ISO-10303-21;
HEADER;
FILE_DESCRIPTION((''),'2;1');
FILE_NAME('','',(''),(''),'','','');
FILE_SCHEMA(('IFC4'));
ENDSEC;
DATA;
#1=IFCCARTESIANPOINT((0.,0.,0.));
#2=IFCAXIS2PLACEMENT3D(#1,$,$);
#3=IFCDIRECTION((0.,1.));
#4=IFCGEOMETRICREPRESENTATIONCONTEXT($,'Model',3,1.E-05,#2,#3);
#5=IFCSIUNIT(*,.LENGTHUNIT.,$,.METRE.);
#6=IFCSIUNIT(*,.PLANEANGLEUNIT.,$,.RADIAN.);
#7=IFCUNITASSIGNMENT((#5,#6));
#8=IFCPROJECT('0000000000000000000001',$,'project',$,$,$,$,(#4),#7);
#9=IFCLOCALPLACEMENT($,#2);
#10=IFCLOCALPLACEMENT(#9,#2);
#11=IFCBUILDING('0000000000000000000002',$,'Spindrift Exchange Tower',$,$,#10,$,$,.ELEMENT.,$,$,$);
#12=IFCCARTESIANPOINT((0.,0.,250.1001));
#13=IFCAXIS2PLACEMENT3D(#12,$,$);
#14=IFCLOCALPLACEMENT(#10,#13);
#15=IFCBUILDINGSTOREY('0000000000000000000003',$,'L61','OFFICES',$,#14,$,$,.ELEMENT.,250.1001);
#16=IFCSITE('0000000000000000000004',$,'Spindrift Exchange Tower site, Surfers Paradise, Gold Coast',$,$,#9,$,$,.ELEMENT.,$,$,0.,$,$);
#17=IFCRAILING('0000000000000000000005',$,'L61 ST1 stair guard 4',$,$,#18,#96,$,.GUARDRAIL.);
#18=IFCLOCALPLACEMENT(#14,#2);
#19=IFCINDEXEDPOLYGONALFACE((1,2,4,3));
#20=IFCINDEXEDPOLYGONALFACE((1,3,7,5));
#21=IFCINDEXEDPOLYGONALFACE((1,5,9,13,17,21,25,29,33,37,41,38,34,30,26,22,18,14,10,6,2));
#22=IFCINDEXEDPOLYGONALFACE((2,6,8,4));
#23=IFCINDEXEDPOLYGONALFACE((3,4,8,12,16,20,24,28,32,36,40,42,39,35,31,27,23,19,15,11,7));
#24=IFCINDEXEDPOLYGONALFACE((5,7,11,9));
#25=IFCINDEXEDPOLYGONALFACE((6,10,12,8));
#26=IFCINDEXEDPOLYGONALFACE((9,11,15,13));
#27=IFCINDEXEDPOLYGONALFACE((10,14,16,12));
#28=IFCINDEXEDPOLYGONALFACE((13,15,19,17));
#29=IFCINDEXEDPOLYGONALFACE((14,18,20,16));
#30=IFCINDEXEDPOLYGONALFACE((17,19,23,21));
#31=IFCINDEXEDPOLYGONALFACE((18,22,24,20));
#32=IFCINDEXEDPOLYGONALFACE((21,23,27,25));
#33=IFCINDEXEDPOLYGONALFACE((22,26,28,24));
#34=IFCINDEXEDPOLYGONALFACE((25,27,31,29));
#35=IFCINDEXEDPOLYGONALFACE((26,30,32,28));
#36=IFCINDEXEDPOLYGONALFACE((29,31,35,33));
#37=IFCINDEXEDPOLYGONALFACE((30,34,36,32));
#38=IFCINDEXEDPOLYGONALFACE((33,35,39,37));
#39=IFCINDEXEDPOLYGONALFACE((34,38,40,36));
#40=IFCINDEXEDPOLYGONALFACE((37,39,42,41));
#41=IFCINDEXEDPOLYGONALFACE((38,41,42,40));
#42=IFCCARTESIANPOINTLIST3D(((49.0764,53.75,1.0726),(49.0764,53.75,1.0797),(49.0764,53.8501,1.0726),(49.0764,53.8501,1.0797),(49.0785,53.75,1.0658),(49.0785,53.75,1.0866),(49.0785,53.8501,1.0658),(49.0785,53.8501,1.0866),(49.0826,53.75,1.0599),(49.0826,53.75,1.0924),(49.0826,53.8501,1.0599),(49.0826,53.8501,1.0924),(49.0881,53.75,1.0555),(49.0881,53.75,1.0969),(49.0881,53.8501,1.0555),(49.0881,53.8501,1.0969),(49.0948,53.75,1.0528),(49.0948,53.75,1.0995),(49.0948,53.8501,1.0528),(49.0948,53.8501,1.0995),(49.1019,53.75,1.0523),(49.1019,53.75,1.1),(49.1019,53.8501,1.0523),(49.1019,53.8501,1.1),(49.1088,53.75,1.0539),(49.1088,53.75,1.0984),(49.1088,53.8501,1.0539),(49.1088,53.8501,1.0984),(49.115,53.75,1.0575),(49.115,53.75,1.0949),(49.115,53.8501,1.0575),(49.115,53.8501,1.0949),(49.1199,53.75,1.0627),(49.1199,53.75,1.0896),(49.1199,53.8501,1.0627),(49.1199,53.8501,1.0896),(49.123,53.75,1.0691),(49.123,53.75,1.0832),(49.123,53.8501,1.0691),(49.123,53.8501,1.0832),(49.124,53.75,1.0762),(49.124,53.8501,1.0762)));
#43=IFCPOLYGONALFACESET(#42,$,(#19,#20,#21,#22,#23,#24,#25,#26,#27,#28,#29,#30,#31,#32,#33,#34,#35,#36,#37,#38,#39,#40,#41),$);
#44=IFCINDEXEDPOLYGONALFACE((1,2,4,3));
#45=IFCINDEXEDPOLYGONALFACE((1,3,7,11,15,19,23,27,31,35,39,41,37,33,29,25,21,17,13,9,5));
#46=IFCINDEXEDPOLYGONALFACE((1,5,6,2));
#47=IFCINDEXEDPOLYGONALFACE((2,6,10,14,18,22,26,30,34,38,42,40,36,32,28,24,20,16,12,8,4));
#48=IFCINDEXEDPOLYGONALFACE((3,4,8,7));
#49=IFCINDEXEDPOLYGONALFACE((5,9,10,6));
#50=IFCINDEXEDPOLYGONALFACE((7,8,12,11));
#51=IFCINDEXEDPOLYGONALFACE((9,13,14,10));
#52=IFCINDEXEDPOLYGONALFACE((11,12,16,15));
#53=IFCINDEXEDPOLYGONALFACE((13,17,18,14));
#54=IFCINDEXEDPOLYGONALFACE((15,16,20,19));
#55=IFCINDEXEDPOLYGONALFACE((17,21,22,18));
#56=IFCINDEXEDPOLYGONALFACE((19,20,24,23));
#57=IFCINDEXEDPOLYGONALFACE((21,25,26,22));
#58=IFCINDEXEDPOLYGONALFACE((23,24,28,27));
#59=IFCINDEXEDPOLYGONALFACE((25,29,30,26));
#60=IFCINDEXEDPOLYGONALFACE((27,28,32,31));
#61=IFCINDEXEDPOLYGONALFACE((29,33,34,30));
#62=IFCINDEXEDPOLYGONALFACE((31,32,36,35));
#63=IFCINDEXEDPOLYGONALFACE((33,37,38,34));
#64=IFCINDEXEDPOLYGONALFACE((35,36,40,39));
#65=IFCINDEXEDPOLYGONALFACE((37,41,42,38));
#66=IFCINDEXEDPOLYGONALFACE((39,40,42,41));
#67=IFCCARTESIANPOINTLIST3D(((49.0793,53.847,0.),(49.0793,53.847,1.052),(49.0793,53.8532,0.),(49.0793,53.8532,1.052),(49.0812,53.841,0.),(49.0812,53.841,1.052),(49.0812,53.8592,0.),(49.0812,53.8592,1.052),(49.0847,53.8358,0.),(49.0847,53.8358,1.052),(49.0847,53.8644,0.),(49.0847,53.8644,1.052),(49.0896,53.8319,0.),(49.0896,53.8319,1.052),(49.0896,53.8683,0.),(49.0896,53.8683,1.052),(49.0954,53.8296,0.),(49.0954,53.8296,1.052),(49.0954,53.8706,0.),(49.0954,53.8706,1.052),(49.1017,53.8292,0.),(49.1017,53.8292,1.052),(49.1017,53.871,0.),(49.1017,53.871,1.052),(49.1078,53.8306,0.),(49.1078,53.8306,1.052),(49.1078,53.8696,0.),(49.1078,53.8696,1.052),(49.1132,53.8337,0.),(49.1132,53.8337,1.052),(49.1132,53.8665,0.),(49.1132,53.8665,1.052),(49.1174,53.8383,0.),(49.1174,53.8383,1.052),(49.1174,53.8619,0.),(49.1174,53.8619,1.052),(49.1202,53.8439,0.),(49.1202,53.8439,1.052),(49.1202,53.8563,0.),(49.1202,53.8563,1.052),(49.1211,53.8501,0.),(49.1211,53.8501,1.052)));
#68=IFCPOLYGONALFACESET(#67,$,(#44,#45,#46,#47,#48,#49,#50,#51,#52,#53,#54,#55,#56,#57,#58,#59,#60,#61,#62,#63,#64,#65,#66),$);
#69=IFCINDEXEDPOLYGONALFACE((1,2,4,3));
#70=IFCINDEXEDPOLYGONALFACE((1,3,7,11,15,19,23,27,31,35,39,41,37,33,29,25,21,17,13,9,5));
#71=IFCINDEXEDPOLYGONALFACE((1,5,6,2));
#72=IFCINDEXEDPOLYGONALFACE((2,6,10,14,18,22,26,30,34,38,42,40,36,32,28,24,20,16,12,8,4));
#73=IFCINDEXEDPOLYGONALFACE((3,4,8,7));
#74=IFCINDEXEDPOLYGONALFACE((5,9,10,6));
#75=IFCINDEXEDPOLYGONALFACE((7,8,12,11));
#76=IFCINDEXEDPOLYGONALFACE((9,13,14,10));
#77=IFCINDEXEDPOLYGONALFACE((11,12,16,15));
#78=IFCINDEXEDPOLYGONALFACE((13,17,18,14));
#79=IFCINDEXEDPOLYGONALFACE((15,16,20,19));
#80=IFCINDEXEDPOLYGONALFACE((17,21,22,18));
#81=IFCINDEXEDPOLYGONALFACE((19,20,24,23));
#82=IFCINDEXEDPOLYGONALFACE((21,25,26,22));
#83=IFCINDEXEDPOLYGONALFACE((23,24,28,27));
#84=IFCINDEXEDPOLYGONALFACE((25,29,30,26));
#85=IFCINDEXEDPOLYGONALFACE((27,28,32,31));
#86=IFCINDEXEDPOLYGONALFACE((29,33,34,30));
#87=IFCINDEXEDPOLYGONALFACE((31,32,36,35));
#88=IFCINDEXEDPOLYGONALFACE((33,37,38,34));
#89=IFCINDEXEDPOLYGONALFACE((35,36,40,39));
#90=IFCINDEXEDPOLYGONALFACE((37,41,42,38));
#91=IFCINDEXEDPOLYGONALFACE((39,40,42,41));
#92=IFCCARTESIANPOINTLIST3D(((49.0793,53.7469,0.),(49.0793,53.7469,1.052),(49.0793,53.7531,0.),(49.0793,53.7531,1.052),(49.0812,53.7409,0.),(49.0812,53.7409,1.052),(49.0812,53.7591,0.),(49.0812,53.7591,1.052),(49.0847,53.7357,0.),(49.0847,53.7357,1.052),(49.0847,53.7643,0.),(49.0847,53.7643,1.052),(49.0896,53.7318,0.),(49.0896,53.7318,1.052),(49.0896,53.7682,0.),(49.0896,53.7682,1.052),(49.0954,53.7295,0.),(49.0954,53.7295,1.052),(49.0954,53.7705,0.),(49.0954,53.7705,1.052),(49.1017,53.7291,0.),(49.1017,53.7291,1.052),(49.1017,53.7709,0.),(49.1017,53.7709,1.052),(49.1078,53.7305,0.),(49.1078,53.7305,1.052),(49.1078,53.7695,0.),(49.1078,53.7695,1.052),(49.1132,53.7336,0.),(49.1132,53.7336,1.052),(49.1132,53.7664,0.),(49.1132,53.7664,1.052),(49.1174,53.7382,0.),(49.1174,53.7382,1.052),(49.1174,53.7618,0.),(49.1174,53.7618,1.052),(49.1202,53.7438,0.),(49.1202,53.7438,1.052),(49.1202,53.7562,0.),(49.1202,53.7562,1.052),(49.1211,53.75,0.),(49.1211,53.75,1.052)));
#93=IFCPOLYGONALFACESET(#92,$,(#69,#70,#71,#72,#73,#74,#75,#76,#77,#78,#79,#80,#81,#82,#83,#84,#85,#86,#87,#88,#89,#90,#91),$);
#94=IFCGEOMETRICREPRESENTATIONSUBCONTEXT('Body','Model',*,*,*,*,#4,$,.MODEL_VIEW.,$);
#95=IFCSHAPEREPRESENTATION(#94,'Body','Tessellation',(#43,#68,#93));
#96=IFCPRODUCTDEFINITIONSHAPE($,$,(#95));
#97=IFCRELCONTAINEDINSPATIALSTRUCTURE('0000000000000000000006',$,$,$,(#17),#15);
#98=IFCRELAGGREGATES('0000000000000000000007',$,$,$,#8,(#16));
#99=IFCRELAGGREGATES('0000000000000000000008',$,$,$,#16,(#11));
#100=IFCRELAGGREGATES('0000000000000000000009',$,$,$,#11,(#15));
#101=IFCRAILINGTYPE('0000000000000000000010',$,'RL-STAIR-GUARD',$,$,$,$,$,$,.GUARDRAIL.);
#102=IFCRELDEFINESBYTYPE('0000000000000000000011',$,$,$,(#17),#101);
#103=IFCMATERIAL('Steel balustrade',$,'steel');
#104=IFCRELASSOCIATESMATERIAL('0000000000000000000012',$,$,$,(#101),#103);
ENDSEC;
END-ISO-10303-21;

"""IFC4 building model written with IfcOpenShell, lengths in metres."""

from ifc_helpers import new_model, si_unit, direction, frame, origin, origin_2d, place, context, subcontext, project, spatial, circle, extrude, material, type_object, element, save


model = new_model("IFC4")

# Units and contexts
model_context = context("Model", 3, precision=1e-05, world=origin(), true_north=direction((0.0, 1.0)))
body_context = subcontext(model_context, "Body", "Model", "MODEL_VIEW")
ifc_project = project(units=[si_unit("LENGTHUNIT", "METRE"), si_unit("PLANEANGLEUNIT", "RADIAN")], contexts=[model_context])

# Site, building, storey
site_placement = place(None, origin())
site = spatial("IfcSite", under=ifc_project, at=site_placement, Name="Spindrift Exchange Tower site, Surfers Paradise, Gold Coast", CompositionType="ELEMENT", RefElevation=0.0)
building_placement = place(site_placement, origin())
building = spatial("IfcBuilding", under=site, at=building_placement, Name="Spindrift Exchange Tower", CompositionType="ELEMENT")
storey_placement = place(building_placement, frame((0.0, 0.0, 250.1001)))
storey = spatial("IfcBuildingStorey", under=building, at=storey_placement, Name="L61", Description="OFFICES", CompositionType="ELEMENT", Elevation=250.1001)

# Railing
ifc_material_1 = material(Name="Steel balustrade", Category="steel")
railing_type_1 = type_object("IfcRailingType", Name="RL-STAIR-GUARD", PredefinedType="GUARDRAIL", material=ifc_material_1)
railing_1_placement = place(storey_placement, frame((49.1001, 53.8501, 0.0)))
element("IfcRailing", 1, at=railing_1_placement, inside=storey, type_object=railing_type_1, Name="L61 ST1 stair guard 4", PredefinedType="GUARDRAIL", context=body_context, shape_type="SweptSolid", body=[
    extrude(circle(Radius=0.0239, at=origin_2d()), frame((0.0, 0.0, 1.0762), z_axis=(0.0, -1.0, 0.0), x_axis=(1.0, 0.0, 0.0)), (0.0, 0.0, 1.0), 0.1001),
    extrude(circle(Radius=0.021, at=origin_2d()), origin(), (0.0, 0.0, 1.0), 1.052),
    extrude(circle(Radius=0.021, at=origin_2d()), frame((0.0, -0.1001, 0.0)), (0.0, 0.0, 1.0), 1.052),
])

save(model, "model.ifc")
